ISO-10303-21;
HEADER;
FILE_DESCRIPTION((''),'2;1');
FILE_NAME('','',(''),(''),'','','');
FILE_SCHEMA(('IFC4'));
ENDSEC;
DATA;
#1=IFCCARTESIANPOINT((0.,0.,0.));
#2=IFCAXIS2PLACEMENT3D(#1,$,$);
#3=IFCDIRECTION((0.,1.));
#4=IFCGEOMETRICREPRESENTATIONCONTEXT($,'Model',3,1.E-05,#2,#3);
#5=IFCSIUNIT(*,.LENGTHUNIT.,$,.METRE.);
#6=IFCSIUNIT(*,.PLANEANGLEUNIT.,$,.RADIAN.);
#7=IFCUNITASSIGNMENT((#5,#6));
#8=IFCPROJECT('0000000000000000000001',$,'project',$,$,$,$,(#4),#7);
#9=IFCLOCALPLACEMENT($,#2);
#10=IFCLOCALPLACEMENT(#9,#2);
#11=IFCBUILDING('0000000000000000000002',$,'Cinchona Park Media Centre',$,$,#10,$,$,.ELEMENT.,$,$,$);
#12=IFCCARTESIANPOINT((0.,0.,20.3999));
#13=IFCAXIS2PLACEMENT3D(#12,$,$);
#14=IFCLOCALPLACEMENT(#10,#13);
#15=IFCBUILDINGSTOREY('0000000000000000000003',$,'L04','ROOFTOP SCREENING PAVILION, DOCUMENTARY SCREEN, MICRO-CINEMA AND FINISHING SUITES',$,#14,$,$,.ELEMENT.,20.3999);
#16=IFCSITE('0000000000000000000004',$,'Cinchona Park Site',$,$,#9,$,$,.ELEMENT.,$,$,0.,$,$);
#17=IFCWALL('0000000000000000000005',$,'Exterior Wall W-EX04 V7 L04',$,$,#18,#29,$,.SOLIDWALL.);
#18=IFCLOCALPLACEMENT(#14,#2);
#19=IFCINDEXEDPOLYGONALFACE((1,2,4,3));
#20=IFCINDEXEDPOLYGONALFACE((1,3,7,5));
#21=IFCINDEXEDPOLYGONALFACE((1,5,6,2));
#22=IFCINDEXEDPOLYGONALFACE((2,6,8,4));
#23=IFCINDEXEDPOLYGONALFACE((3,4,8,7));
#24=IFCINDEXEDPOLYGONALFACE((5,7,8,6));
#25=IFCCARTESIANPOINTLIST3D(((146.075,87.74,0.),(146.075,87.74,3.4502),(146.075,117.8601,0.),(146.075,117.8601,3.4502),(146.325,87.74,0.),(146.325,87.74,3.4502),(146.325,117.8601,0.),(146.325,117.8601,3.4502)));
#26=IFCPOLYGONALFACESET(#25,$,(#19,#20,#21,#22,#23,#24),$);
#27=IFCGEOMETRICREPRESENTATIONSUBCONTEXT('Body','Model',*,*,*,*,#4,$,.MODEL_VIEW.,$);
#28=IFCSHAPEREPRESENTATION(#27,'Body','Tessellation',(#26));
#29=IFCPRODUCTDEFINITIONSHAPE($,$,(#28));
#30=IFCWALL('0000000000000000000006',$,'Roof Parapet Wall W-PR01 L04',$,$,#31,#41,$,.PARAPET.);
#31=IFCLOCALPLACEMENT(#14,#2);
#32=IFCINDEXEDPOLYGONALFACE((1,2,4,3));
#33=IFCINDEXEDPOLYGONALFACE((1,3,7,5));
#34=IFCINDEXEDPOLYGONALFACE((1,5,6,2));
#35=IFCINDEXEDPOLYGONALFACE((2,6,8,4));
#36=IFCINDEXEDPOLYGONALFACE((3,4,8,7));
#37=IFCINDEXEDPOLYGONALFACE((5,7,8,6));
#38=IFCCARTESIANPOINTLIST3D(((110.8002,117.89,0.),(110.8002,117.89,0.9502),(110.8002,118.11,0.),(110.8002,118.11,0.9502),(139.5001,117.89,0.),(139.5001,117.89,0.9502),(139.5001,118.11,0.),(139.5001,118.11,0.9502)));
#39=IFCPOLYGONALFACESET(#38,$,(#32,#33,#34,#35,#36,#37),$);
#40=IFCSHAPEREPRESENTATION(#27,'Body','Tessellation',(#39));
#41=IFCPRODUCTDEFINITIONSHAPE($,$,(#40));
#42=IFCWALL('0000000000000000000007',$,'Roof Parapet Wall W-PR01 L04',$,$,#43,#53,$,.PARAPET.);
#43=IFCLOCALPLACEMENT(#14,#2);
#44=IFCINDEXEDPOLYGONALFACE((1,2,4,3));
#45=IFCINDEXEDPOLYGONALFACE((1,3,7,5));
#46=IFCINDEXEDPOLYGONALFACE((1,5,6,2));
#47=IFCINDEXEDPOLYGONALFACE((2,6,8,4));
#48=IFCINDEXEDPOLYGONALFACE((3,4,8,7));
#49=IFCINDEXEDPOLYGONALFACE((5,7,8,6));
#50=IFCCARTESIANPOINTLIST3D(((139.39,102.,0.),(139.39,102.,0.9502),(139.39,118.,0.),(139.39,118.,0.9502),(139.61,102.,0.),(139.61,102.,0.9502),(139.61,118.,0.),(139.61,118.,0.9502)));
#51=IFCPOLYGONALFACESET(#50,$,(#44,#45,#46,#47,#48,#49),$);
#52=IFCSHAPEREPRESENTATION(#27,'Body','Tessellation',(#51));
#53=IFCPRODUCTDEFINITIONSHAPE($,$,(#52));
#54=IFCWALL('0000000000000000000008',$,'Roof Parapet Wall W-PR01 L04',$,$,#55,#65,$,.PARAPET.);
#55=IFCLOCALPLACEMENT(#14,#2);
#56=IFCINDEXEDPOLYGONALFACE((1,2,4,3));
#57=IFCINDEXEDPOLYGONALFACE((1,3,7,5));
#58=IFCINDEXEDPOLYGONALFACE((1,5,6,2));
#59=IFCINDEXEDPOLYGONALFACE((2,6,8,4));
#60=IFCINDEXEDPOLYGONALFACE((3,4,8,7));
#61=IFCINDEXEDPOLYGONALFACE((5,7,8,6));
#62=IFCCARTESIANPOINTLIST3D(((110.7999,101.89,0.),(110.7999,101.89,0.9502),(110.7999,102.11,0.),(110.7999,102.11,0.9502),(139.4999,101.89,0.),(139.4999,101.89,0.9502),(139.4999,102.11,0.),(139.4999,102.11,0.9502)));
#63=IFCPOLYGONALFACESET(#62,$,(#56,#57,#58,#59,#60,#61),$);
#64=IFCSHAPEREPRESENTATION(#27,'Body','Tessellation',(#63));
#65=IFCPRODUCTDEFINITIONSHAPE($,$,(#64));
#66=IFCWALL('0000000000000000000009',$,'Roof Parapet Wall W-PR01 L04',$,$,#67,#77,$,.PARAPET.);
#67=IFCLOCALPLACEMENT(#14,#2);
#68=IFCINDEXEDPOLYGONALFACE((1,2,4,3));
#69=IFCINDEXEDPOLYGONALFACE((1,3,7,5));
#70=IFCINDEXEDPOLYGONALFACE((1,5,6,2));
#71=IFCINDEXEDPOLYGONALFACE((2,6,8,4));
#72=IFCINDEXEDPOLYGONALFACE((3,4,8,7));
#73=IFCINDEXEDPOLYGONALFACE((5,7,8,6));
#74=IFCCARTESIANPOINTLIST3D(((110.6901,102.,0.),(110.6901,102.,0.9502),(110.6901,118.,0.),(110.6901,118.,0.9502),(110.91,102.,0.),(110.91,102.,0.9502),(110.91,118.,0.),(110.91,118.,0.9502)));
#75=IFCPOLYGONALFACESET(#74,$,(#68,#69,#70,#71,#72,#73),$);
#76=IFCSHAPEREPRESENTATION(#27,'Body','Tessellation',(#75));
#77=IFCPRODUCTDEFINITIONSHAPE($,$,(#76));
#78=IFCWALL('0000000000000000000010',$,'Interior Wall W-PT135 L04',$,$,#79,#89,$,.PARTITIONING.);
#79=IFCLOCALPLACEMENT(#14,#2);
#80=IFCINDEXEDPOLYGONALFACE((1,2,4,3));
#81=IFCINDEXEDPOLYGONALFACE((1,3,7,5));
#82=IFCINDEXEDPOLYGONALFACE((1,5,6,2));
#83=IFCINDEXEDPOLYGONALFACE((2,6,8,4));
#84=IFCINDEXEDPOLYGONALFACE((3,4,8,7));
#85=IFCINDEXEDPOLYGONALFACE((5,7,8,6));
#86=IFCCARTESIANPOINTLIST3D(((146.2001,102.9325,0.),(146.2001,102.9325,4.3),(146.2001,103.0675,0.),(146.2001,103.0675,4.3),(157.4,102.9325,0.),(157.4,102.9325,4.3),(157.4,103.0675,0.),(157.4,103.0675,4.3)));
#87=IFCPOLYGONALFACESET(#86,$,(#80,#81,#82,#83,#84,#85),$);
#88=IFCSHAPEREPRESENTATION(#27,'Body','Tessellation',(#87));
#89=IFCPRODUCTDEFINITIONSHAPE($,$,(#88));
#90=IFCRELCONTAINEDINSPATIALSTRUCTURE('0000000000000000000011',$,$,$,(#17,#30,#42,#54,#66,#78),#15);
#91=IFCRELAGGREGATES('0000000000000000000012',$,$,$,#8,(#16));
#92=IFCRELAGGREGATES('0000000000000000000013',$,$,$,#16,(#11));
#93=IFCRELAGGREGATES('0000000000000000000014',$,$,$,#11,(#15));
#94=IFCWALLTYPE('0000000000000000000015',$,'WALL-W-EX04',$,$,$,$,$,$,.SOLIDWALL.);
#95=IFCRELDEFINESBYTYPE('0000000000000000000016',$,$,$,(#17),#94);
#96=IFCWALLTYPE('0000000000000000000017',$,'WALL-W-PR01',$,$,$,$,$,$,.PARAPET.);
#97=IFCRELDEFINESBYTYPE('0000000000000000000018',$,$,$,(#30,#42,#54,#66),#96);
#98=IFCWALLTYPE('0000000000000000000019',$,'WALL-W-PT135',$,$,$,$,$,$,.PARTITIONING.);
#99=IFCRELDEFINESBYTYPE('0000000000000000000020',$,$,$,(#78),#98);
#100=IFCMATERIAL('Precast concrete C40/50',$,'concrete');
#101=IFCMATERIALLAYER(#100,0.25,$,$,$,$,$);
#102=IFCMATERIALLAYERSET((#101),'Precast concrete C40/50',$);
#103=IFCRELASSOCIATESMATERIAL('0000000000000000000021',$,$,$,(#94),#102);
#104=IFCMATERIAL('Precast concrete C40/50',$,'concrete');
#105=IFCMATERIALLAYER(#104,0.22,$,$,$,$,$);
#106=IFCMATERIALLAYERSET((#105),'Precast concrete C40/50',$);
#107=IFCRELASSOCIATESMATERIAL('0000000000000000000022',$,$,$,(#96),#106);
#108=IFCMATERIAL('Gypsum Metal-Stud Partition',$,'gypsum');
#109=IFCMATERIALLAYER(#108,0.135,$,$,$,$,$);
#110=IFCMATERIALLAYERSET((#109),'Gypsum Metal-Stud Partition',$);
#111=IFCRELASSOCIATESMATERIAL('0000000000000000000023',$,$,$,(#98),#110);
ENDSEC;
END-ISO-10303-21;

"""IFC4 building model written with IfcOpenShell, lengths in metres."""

from ifc_helpers import new_model, si_unit, direction, frame, frame_2d, origin, place, context, subcontext, project, spatial, rectangle, extrude, material, layer, layer_set, type_object, element, save


model = new_model("IFC4")

# Units and contexts
model_context = context("Model", 3, precision=1e-05, world=origin(), true_north=direction((0.0, 1.0)))
body_context = subcontext(model_context, "Body", "Model", "MODEL_VIEW")
ifc_project = project(units=[si_unit("LENGTHUNIT", "METRE"), si_unit("PLANEANGLEUNIT", "RADIAN")], contexts=[model_context])

# Site, building, storey
site_placement = place(None, origin())
site = spatial("IfcSite", under=ifc_project, at=site_placement, Name="Cinchona Park Site", CompositionType="ELEMENT", RefElevation=0.0)
building_placement = place(site_placement, origin())
building = spatial("IfcBuilding", under=site, at=building_placement, Name="Cinchona Park Media Centre", CompositionType="ELEMENT")
storey_placement = place(building_placement, frame((0.0, 0.0, 20.3999)))
storey = spatial("IfcBuildingStorey", under=building, at=storey_placement, Name="L04", Description="ROOFTOP SCREENING PAVILION, DOCUMENTARY SCREEN, MICRO-CINEMA AND FINISHING SUITES", CompositionType="ELEMENT", Elevation=20.3999)

# Walls
ifc_material_1 = material(Name="Precast concrete C40/50", Category="concrete")
ifc_layer_1 = layer(ifc_material_1, 0.25)
ifc_layer_set_1 = layer_set([ifc_layer_1], Name="Precast concrete C40/50")
wall_type_1 = type_object("IfcWallType", Name="WALL-W-EX04", PredefinedType="SOLIDWALL", material=ifc_layer_set_1)
wall_1_placement = place(storey_placement, frame((146.2, 87.74, 0.0), z_axis=(0.0, 0.0, 1.0), x_axis=(0.0, 1.0, 0.0)))
element("IfcWall", 1, at=wall_1_placement, inside=storey, type_object=wall_type_1, Name="Exterior Wall W-EX04 V7 L04", PredefinedType="SOLIDWALL", context=body_context, shape_type="SweptSolid", body=[
    extrude(rectangle(XDim=30.1201, YDim=0.25, at=frame_2d((15.0601, 0.0))), origin(), (0.0, 0.0, 1.0), 3.4502),
])
ifc_material_2 = material(Name="Precast concrete C40/50", Category="concrete")
ifc_layer_2 = layer(ifc_material_2, 0.22)
ifc_layer_set_2 = layer_set([ifc_layer_2], Name="Precast concrete C40/50")
wall_type_2 = type_object("IfcWallType", Name="WALL-W-PR01", PredefinedType="PARAPET", material=ifc_layer_set_2)
wall_2_placement = place(storey_placement, frame((110.8, 118.0, 0.0), z_axis=(0.0, 0.0, 1.0), x_axis=(1.0, 0.0, 0.0)))
element("IfcWall", 2, at=wall_2_placement, inside=storey, type_object=wall_type_2, Name="Roof Parapet Wall W-PR01 L04", PredefinedType="PARAPET", context=body_context, shape_type="SweptSolid", body=[
    extrude(rectangle(XDim=28.7, YDim=0.22, at=frame_2d((14.3501, 0.0))), origin(), (0.0, 0.0, 1.0), 0.9502),
])
wall_3_placement = place(storey_placement, frame((139.5, 118.0, 0.0), z_axis=(0.0, 0.0, 1.0), x_axis=(0.0, -1.0, 0.0)))
element("IfcWall", 3, at=wall_3_placement, inside=storey, type_object=wall_type_2, Name="Roof Parapet Wall W-PR01 L04", PredefinedType="PARAPET", context=body_context, shape_type="SweptSolid", body=[
    extrude(rectangle(XDim=16.0, YDim=0.22, at=frame_2d((8.0, 0.0))), origin(), (0.0, 0.0, 1.0), 0.9502),
])
wall_4_placement = place(storey_placement, frame((139.5, 102.0, 0.0), z_axis=(0.0, 0.0, 1.0), x_axis=(-1.0, 0.0, 0.0)))
element("IfcWall", 4, at=wall_4_placement, inside=storey, type_object=wall_type_2, Name="Roof Parapet Wall W-PR01 L04", PredefinedType="PARAPET", context=body_context, shape_type="SweptSolid", body=[
    extrude(rectangle(XDim=28.7, YDim=0.22, at=frame_2d((14.3501, 0.0))), origin(), (0.0, 0.0, 1.0), 0.9502),
])
wall_5_placement = place(storey_placement, frame((110.8, 102.0, 0.0), z_axis=(0.0, 0.0, 1.0), x_axis=(0.0, 1.0, 0.0)))
element("IfcWall", 5, at=wall_5_placement, inside=storey, type_object=wall_type_2, Name="Roof Parapet Wall W-PR01 L04", PredefinedType="PARAPET", context=body_context, shape_type="SweptSolid", body=[
    extrude(rectangle(XDim=16.0, YDim=0.22, at=frame_2d((8.0, 0.0))), origin(), (0.0, 0.0, 1.0), 0.9502),
])
ifc_material_3 = material(Name="Gypsum Metal-Stud Partition", Category="gypsum")
ifc_layer_3 = layer(ifc_material_3, 0.135)
ifc_layer_set_3 = layer_set([ifc_layer_3], Name="Gypsum Metal-Stud Partition")
wall_type_3 = type_object("IfcWallType", Name="WALL-W-PT135", PredefinedType="PARTITIONING", material=ifc_layer_set_3)
wall_6_placement = place(storey_placement, frame((146.2, 103.0, 0.0), z_axis=(0.0, 0.0, 1.0), x_axis=(1.0, 0.0, 0.0)))
element("IfcWall", 6, at=wall_6_placement, inside=storey, type_object=wall_type_3, Name="Interior Wall W-PT135 L04", PredefinedType="PARTITIONING", context=body_context, shape_type="SweptSolid", body=[
    extrude(rectangle(XDim=11.2, YDim=0.135, at=frame_2d((5.6001, 0.0))), origin(), (0.0, 0.0, 1.0), 4.3),
])

save(model, "model.ifc")
